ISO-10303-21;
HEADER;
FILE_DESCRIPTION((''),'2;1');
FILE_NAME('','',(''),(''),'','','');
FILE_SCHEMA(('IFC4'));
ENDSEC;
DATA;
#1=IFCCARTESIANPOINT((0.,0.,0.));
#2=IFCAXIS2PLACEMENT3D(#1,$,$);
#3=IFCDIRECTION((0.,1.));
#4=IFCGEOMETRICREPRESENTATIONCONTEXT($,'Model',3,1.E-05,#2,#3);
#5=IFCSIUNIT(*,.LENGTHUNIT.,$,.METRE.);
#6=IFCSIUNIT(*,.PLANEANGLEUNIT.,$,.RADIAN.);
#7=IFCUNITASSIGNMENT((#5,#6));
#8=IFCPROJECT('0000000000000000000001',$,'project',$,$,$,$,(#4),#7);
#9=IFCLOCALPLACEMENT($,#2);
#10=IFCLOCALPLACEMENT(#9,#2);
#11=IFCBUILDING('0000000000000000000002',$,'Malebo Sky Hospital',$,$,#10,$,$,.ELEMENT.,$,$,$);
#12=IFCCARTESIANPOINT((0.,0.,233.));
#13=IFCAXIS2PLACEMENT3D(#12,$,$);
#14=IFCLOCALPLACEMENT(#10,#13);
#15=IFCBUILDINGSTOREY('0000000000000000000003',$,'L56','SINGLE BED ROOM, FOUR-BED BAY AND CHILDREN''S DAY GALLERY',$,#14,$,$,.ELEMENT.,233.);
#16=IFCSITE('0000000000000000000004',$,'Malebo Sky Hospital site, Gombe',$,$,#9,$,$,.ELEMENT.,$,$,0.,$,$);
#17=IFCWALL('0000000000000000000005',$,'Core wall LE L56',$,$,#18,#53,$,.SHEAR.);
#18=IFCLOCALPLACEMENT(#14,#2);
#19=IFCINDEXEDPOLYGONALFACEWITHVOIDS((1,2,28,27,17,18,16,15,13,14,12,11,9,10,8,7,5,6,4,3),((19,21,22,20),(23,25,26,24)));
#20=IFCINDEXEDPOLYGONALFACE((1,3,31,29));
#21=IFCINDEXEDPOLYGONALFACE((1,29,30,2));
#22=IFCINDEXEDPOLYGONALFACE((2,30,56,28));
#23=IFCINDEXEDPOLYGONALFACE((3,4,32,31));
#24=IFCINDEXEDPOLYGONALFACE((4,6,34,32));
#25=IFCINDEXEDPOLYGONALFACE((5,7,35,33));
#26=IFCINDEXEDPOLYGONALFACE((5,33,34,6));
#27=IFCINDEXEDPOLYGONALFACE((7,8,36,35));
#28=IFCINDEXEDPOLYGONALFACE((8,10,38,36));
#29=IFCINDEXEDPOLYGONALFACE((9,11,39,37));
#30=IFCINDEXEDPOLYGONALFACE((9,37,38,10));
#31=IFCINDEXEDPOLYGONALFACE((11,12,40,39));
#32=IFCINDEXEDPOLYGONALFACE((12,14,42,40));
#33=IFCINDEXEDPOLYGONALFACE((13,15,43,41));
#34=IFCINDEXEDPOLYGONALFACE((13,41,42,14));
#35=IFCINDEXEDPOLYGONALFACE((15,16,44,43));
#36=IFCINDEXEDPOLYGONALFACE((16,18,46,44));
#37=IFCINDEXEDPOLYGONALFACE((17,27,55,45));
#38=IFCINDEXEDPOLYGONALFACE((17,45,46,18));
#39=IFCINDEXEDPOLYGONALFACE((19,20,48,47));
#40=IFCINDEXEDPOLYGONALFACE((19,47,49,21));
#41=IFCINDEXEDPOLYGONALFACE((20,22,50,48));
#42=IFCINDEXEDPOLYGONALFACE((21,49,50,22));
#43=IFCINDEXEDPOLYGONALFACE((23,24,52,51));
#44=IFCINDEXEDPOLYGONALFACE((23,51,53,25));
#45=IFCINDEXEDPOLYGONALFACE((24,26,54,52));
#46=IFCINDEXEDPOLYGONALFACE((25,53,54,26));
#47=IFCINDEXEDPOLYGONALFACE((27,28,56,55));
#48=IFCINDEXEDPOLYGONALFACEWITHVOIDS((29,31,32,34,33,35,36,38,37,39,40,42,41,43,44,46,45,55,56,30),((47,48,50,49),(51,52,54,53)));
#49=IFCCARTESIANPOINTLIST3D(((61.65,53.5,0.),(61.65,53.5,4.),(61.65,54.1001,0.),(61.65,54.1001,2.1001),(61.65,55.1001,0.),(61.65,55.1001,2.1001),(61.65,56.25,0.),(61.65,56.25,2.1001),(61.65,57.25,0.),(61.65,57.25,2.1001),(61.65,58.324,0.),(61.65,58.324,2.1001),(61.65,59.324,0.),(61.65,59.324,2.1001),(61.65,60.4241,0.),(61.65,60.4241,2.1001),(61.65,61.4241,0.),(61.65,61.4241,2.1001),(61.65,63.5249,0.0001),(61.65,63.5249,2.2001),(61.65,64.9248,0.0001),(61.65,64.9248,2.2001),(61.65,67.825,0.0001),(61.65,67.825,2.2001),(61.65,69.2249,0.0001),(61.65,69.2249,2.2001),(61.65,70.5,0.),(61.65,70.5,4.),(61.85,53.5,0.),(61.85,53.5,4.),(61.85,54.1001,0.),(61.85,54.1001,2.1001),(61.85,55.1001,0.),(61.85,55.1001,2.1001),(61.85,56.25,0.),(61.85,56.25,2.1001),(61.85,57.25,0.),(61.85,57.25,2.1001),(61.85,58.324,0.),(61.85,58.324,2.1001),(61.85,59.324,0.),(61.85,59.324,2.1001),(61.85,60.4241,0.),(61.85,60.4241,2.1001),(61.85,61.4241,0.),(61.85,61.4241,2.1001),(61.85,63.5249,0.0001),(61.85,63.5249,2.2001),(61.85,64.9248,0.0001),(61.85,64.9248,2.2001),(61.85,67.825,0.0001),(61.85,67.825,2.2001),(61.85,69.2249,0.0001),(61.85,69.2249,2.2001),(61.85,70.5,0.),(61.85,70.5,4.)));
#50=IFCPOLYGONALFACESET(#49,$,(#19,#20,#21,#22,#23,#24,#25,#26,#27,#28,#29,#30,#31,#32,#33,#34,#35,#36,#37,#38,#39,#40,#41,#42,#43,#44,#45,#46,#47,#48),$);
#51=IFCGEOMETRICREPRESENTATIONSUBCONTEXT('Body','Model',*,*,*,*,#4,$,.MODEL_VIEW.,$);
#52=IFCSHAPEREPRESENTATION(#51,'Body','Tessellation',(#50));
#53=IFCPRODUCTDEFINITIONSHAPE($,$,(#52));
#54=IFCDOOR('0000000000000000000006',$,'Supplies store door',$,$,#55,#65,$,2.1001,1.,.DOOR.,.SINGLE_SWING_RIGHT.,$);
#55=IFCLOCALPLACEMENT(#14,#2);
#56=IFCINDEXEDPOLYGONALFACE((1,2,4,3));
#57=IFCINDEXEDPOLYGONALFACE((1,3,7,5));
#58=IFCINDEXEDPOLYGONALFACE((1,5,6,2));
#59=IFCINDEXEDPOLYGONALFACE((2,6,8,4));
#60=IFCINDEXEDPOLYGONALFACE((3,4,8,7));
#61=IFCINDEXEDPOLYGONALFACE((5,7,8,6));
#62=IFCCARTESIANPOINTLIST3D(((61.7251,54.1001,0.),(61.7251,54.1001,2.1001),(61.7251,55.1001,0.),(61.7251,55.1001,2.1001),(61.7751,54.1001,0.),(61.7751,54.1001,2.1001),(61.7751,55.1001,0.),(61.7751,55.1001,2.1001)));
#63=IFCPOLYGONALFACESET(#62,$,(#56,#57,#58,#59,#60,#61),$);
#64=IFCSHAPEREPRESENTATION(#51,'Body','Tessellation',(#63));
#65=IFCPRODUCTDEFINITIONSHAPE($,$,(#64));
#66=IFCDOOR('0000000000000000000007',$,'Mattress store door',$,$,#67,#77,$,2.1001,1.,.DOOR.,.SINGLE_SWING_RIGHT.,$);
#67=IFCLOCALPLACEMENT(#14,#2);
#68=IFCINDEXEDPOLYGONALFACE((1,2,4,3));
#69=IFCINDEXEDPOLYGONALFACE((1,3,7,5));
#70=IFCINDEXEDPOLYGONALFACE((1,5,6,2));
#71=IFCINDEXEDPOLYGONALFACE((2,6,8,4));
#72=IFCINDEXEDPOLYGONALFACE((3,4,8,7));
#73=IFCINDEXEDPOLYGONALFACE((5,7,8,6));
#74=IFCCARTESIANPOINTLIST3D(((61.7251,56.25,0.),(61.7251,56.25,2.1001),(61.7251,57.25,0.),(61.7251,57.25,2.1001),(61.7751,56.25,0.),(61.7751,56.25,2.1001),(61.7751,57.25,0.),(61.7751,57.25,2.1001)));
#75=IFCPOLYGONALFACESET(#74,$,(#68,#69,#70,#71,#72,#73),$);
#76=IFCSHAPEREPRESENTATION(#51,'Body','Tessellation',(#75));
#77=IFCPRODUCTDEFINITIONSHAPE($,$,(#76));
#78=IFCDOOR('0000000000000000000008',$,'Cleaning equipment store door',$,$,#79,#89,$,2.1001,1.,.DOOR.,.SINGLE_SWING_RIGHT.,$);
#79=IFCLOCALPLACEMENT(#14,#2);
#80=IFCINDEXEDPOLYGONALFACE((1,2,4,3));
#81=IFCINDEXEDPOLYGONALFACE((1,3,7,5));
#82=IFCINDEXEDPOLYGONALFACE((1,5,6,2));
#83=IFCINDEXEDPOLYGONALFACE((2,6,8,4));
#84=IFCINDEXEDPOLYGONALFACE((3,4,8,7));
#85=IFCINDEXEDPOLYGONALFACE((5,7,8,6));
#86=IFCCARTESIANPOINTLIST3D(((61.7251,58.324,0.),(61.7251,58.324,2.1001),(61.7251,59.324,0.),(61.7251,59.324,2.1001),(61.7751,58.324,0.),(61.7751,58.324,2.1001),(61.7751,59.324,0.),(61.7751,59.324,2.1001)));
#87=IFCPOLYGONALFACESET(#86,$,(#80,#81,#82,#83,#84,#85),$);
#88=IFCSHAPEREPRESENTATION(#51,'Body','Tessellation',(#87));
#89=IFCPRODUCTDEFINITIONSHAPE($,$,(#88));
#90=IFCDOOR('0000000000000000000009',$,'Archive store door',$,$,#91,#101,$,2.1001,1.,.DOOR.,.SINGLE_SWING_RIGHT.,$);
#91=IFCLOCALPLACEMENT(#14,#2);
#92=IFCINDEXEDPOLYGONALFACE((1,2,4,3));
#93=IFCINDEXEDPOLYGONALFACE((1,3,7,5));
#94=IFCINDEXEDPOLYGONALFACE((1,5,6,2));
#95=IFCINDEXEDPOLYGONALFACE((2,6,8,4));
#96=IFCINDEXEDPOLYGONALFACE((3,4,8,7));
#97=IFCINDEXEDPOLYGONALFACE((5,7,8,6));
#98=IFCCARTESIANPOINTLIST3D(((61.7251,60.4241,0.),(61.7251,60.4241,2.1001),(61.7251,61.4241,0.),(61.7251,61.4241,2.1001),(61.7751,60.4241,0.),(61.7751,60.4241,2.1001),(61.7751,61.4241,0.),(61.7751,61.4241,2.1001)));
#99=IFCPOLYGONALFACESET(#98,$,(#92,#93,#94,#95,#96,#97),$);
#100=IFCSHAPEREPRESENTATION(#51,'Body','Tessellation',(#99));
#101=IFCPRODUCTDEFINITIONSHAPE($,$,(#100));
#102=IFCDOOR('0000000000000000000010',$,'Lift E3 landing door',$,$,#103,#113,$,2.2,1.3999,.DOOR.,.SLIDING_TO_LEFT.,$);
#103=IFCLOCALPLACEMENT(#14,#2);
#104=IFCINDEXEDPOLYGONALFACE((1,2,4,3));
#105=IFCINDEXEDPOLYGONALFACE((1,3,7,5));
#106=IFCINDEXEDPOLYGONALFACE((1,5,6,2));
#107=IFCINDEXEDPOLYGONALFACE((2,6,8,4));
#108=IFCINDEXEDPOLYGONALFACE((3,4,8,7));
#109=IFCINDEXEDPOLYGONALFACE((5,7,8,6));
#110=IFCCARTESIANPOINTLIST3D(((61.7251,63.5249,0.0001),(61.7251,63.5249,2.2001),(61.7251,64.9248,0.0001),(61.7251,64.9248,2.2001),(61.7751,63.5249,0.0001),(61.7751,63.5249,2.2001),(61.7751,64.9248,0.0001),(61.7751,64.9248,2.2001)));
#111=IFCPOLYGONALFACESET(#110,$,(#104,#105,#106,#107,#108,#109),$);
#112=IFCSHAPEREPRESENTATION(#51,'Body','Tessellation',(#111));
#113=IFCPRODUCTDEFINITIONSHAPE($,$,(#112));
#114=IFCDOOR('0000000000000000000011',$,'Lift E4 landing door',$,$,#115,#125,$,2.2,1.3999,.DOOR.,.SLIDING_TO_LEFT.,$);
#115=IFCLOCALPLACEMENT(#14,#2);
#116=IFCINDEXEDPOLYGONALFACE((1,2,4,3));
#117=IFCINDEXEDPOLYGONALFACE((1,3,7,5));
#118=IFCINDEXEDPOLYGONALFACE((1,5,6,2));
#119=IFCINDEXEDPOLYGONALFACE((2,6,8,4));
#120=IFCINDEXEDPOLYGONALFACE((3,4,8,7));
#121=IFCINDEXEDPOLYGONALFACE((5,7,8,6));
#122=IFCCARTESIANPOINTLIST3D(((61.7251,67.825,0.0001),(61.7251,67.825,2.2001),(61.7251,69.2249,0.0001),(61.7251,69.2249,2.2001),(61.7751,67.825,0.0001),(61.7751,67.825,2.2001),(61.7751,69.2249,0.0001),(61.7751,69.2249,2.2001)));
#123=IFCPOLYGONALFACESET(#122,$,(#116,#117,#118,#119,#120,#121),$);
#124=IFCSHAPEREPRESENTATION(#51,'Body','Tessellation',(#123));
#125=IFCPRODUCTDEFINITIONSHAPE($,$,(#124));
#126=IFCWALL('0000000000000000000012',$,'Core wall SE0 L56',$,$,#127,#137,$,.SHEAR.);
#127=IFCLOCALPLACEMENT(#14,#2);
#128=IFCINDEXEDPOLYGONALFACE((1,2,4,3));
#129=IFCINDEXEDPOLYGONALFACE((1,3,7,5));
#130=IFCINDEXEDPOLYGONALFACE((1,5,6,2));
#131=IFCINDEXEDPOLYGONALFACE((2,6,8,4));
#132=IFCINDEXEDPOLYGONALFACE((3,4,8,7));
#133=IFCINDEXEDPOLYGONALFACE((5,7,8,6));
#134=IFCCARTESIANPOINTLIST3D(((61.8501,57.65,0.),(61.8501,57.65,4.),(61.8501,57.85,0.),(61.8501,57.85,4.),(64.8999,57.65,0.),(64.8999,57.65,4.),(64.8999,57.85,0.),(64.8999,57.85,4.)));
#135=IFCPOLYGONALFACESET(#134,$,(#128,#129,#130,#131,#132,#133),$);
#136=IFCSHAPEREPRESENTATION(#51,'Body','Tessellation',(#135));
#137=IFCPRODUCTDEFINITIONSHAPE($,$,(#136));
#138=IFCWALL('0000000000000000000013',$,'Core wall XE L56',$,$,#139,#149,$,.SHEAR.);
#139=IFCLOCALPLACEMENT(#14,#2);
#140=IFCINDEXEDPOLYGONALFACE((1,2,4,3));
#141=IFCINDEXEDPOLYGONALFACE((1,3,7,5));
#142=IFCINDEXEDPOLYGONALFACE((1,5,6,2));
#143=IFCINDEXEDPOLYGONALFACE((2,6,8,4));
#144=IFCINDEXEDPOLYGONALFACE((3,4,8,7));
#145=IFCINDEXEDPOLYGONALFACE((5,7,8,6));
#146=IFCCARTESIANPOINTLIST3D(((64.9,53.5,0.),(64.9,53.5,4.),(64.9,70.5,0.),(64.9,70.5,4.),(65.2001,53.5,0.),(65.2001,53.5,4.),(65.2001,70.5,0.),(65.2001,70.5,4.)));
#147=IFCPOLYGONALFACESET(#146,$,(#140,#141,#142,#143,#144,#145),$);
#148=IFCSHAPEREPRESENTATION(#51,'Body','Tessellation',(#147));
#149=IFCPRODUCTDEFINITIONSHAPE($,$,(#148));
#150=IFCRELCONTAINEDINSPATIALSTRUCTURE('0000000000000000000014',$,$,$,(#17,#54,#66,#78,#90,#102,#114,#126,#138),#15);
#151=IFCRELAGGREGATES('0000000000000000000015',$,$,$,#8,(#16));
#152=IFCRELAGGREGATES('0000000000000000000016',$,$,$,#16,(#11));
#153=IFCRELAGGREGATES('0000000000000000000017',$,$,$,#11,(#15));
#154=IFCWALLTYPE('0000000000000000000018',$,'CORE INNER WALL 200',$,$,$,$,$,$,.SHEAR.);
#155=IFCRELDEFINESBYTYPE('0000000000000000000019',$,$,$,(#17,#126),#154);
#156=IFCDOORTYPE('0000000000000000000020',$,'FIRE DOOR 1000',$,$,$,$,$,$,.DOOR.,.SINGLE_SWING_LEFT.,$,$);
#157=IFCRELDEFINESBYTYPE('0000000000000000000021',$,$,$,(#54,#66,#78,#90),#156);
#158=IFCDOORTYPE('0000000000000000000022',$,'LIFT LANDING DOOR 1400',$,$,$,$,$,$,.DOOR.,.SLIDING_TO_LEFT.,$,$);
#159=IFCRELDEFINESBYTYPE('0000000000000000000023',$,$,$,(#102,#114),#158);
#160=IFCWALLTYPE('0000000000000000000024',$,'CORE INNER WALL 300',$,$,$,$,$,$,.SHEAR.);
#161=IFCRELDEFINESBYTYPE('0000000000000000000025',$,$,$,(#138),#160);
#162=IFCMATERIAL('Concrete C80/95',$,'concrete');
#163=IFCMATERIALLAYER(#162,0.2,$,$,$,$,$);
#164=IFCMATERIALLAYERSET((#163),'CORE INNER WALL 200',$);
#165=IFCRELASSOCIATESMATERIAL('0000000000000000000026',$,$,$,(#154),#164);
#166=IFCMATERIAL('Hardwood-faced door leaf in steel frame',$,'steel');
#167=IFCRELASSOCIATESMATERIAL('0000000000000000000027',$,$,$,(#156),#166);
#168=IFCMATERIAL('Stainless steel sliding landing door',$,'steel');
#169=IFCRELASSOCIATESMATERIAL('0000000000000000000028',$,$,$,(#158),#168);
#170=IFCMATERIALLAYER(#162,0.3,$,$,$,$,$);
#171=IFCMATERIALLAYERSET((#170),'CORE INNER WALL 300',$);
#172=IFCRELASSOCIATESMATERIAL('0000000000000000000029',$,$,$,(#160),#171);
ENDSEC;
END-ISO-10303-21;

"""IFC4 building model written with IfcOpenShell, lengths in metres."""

from ifc_helpers import new_model, si_unit, direction, frame, frame_2d, origin, place, context, subcontext, project, spatial, rectangle, extrude, material, layer, layer_set, type_object, element, fill, save


model = new_model("IFC4")

# Units and contexts
model_context = context("Model", 3, precision=1e-05, world=origin(), true_north=direction((0.0, 1.0)))
body_context = subcontext(model_context, "Body", "Model", "MODEL_VIEW")
ifc_project = project(units=[si_unit("LENGTHUNIT", "METRE"), si_unit("PLANEANGLEUNIT", "RADIAN")], contexts=[model_context])

# Site, building, storey
site_placement = place(None, origin())
site = spatial("IfcSite", under=ifc_project, at=site_placement, Name="Malebo Sky Hospital site, Gombe", CompositionType="ELEMENT", RefElevation=0.0)
building_placement = place(site_placement, origin())
building = spatial("IfcBuilding", under=site, at=building_placement, Name="Malebo Sky Hospital", CompositionType="ELEMENT")
storey_placement = place(building_placement, frame((0.0, 0.0, 233.0)))
storey = spatial("IfcBuildingStorey", under=building, at=storey_placement, Name="L56", Description="SINGLE BED ROOM, FOUR-BED BAY AND CHILDREN'S DAY GALLERY", CompositionType="ELEMENT", Elevation=233.0)

# Wall, openings, doors
ifc_material_1 = material(Name="Concrete C80/95", Category="concrete")
ifc_layer_1 = layer(ifc_material_1, 0.2)
ifc_layer_set_1 = layer_set([ifc_layer_1], Name="CORE INNER WALL 200")
wall_type_1 = type_object("IfcWallType", Name="CORE INNER WALL 200", PredefinedType="SHEAR", material=ifc_layer_set_1)
ifc_material_2 = material(Name="Hardwood-faced door leaf in steel frame", Category="steel")
door_type_1 = type_object("IfcDoorType", Name="FIRE DOOR 1000", OperationType="SINGLE_SWING_LEFT", PredefinedType="DOOR", material=ifc_material_2)
ifc_material_3 = material(Name="Stainless steel sliding landing door", Category="steel")
door_type_2 = type_object("IfcDoorType", Name="LIFT LANDING DOOR 1400", OperationType="SLIDING_TO_LEFT", PredefinedType="DOOR", material=ifc_material_3)
wall_1_placement = place(storey_placement, frame((61.75, 53.5, 0.0), z_axis=(0.0, 0.0, 1.0), x_axis=(0.0, 1.0, 0.0)))
wall_1 = element("IfcWall", 1, at=wall_1_placement, inside=storey, type_object=wall_type_1, Name="Core wall LE L56", PredefinedType="SHEAR", context=body_context, shape_type="SweptSolid", body=[
    extrude(rectangle(XDim=17.0, YDim=0.2, at=frame_2d((8.5, 0.0))), origin(), (0.0, 0.0, 1.0), 4.0),
])
opening_1_placement = place(wall_1_placement, frame((0.6001, 0.0, 0.0)))
opening_1 = element("IfcOpeningElement", 2, at=opening_1_placement, cuts=wall_1, PredefinedType="OPENING", context=body_context, shape_type="SweptSolid", body=[
    extrude(rectangle(XDim=1.0, YDim=2.1001, at=frame_2d((0.5, 1.05))), frame((0.0, 0.1099, 0.0), z_axis=(0.0, -1.0, 0.0), x_axis=(1.0, 0.0, 0.0)), (0.0, 0.0, 1.0), 0.22),
])
opening_2_placement = place(wall_1_placement, frame((2.75, 0.0, 0.0)))
opening_2 = element("IfcOpeningElement", 3, at=opening_2_placement, cuts=wall_1, PredefinedType="OPENING", context=body_context, shape_type="SweptSolid", body=[
    extrude(rectangle(XDim=1.0, YDim=2.1001, at=frame_2d((0.5, 1.05))), frame((0.0, 0.1099, 0.0), z_axis=(0.0, -1.0, 0.0), x_axis=(1.0, 0.0, 0.0)), (0.0, 0.0, 1.0), 0.22),
])
opening_3_placement = place(wall_1_placement, frame((4.824, 0.0, 0.0)))
opening_3 = element("IfcOpeningElement", 4, at=opening_3_placement, cuts=wall_1, PredefinedType="OPENING", context=body_context, shape_type="SweptSolid", body=[
    extrude(rectangle(XDim=1.0, YDim=2.1001, at=frame_2d((0.5, 1.05))), frame((0.0, 0.1099, 0.0), z_axis=(0.0, -1.0, 0.0), x_axis=(1.0, 0.0, 0.0)), (0.0, 0.0, 1.0), 0.22),
])
opening_4_placement = place(wall_1_placement, frame((6.9241, 0.0, 0.0)))
opening_4 = element("IfcOpeningElement", 5, at=opening_4_placement, cuts=wall_1, PredefinedType="OPENING", context=body_context, shape_type="SweptSolid", body=[
    extrude(rectangle(XDim=1.0, YDim=2.1001, at=frame_2d((0.5, 1.05))), frame((0.0, 0.1099, 0.0), z_axis=(0.0, -1.0, 0.0), x_axis=(1.0, 0.0, 0.0)), (0.0, 0.0, 1.0), 0.22),
])
opening_5_placement = place(wall_1_placement, frame((10.0249, 0.0, 0.0)))
opening_5 = element("IfcOpeningElement", 6, at=opening_5_placement, cuts=wall_1, PredefinedType="OPENING", context=body_context, shape_type="SweptSolid", body=[
    extrude(rectangle(XDim=1.3999, YDim=2.2, at=frame_2d((0.7, 1.1001))), frame((0.0, 0.1099, 0.0), z_axis=(0.0, -1.0, 0.0), x_axis=(1.0, 0.0, 0.0)), (0.0, 0.0, 1.0), 0.22),
])
opening_6_placement = place(wall_1_placement, frame((14.325, 0.0, 0.0)))
opening_6 = element("IfcOpeningElement", 7, at=opening_6_placement, cuts=wall_1, PredefinedType="OPENING", context=body_context, shape_type="SweptSolid", body=[
    extrude(rectangle(XDim=1.3999, YDim=2.2, at=frame_2d((0.7, 1.1001))), frame((0.0, 0.1099, 0.0), z_axis=(0.0, -1.0, 0.0), x_axis=(1.0, 0.0, 0.0)), (0.0, 0.0, 1.0), 0.22),
])
door_1_placement = place(opening_1_placement, origin())
door_1 = element("IfcDoor", 8, at=door_1_placement, inside=storey, type_object=door_type_1, Name="Supplies store door", OperationType="SINGLE_SWING_RIGHT", OverallHeight=2.1001, OverallWidth=1.0, PredefinedType="DOOR", context=body_context, shape_type="SweptSolid", body=[
    extrude(rectangle(XDim=1.0, YDim=2.1001, at=frame_2d((0.5, 1.05))), frame((0.0, 0.0249, 0.0), z_axis=(0.0, -1.0, 0.0), x_axis=(1.0, 0.0, 0.0)), (0.0, 0.0, 1.0), 0.05),
])
fill(opening_1, door_1)
door_2_placement = place(opening_2_placement, origin())
door_2 = element("IfcDoor", 9, at=door_2_placement, inside=storey, type_object=door_type_1, Name="Mattress store door", OperationType="SINGLE_SWING_RIGHT", OverallHeight=2.1001, OverallWidth=1.0, PredefinedType="DOOR", context=body_context, shape_type="SweptSolid", body=[
    extrude(rectangle(XDim=1.0, YDim=2.1001, at=frame_2d((0.5, 1.05))), frame((0.0, 0.0249, 0.0), z_axis=(0.0, -1.0, 0.0), x_axis=(1.0, 0.0, 0.0)), (0.0, 0.0, 1.0), 0.05),
])
fill(opening_2, door_2)
door_3_placement = place(opening_3_placement, origin())
door_3 = element("IfcDoor", 10, at=door_3_placement, inside=storey, type_object=door_type_1, Name="Cleaning equipment store door", OperationType="SINGLE_SWING_RIGHT", OverallHeight=2.1001, OverallWidth=1.0, PredefinedType="DOOR", context=body_context, shape_type="SweptSolid", body=[
    extrude(rectangle(XDim=1.0, YDim=2.1001, at=frame_2d((0.5, 1.05))), frame((0.0, 0.0249, 0.0), z_axis=(0.0, -1.0, 0.0), x_axis=(1.0, 0.0, 0.0)), (0.0, 0.0, 1.0), 0.05),
])
fill(opening_3, door_3)
door_4_placement = place(opening_4_placement, origin())
door_4 = element("IfcDoor", 11, at=door_4_placement, inside=storey, type_object=door_type_1, Name="Archive store door", OperationType="SINGLE_SWING_RIGHT", OverallHeight=2.1001, OverallWidth=1.0, PredefinedType="DOOR", context=body_context, shape_type="SweptSolid", body=[
    extrude(rectangle(XDim=1.0, YDim=2.1001, at=frame_2d((0.5, 1.05))), frame((0.0, 0.0249, 0.0), z_axis=(0.0, -1.0, 0.0), x_axis=(1.0, 0.0, 0.0)), (0.0, 0.0, 1.0), 0.05),
])
fill(opening_4, door_4)
door_5_placement = place(opening_5_placement, origin())
door_5 = element("IfcDoor", 12, at=door_5_placement, inside=storey, type_object=door_type_2, Name="Lift E3 landing door", OperationType="SLIDING_TO_LEFT", OverallHeight=2.2, OverallWidth=1.3999, PredefinedType="DOOR", context=body_context, shape_type="SweptSolid", body=[
    extrude(rectangle(XDim=1.3999, YDim=2.2, at=frame_2d((0.7, 1.1001))), frame((0.0, 0.0249, 0.0), z_axis=(0.0, -1.0, 0.0), x_axis=(1.0, 0.0, 0.0)), (0.0, 0.0, 1.0), 0.05),
])
fill(opening_5, door_5)
door_6_placement = place(opening_6_placement, origin())
door_6 = element("IfcDoor", 13, at=door_6_placement, inside=storey, type_object=door_type_2, Name="Lift E4 landing door", OperationType="SLIDING_TO_LEFT", OverallHeight=2.2, OverallWidth=1.3999, PredefinedType="DOOR", context=body_context, shape_type="SweptSolid", body=[
    extrude(rectangle(XDim=1.3999, YDim=2.2, at=frame_2d((0.7, 1.1001))), frame((0.0, 0.0249, 0.0), z_axis=(0.0, -1.0, 0.0), x_axis=(1.0, 0.0, 0.0)), (0.0, 0.0, 1.0), 0.05),
])
fill(opening_6, door_6)

# Walls
wall_2_placement = place(storey_placement, frame((61.8501, 57.75, 0.0), z_axis=(0.0, 0.0, 1.0), x_axis=(1.0, 0.0, 0.0)))
element("IfcWall", 14, at=wall_2_placement, inside=storey, type_object=wall_type_1, Name="Core wall SE0 L56", PredefinedType="SHEAR", context=body_context, shape_type="SweptSolid", body=[
    extrude(rectangle(XDim=3.0498, YDim=0.2, at=frame_2d((1.5249, 0.0))), origin(), (0.0, 0.0, 1.0), 4.0),
])
ifc_layer_2 = layer(ifc_material_1, 0.3)
ifc_layer_set_2 = layer_set([ifc_layer_2], Name="CORE INNER WALL 300")
wall_type_2 = type_object("IfcWallType", Name="CORE INNER WALL 300", PredefinedType="SHEAR", material=ifc_layer_set_2)
wall_3_placement = place(storey_placement, frame((65.05, 53.5, 0.0), z_axis=(0.0, 0.0, 1.0), x_axis=(0.0, 1.0, 0.0)))
element("IfcWall", 15, at=wall_3_placement, inside=storey, type_object=wall_type_2, Name="Core wall XE L56", PredefinedType="SHEAR", context=body_context, shape_type="SweptSolid", body=[
    extrude(rectangle(XDim=17.0, YDim=0.3, at=frame_2d((8.5, 0.0))), origin(), (0.0, 0.0, 1.0), 4.0),
])

save(model, "model.ifc")
